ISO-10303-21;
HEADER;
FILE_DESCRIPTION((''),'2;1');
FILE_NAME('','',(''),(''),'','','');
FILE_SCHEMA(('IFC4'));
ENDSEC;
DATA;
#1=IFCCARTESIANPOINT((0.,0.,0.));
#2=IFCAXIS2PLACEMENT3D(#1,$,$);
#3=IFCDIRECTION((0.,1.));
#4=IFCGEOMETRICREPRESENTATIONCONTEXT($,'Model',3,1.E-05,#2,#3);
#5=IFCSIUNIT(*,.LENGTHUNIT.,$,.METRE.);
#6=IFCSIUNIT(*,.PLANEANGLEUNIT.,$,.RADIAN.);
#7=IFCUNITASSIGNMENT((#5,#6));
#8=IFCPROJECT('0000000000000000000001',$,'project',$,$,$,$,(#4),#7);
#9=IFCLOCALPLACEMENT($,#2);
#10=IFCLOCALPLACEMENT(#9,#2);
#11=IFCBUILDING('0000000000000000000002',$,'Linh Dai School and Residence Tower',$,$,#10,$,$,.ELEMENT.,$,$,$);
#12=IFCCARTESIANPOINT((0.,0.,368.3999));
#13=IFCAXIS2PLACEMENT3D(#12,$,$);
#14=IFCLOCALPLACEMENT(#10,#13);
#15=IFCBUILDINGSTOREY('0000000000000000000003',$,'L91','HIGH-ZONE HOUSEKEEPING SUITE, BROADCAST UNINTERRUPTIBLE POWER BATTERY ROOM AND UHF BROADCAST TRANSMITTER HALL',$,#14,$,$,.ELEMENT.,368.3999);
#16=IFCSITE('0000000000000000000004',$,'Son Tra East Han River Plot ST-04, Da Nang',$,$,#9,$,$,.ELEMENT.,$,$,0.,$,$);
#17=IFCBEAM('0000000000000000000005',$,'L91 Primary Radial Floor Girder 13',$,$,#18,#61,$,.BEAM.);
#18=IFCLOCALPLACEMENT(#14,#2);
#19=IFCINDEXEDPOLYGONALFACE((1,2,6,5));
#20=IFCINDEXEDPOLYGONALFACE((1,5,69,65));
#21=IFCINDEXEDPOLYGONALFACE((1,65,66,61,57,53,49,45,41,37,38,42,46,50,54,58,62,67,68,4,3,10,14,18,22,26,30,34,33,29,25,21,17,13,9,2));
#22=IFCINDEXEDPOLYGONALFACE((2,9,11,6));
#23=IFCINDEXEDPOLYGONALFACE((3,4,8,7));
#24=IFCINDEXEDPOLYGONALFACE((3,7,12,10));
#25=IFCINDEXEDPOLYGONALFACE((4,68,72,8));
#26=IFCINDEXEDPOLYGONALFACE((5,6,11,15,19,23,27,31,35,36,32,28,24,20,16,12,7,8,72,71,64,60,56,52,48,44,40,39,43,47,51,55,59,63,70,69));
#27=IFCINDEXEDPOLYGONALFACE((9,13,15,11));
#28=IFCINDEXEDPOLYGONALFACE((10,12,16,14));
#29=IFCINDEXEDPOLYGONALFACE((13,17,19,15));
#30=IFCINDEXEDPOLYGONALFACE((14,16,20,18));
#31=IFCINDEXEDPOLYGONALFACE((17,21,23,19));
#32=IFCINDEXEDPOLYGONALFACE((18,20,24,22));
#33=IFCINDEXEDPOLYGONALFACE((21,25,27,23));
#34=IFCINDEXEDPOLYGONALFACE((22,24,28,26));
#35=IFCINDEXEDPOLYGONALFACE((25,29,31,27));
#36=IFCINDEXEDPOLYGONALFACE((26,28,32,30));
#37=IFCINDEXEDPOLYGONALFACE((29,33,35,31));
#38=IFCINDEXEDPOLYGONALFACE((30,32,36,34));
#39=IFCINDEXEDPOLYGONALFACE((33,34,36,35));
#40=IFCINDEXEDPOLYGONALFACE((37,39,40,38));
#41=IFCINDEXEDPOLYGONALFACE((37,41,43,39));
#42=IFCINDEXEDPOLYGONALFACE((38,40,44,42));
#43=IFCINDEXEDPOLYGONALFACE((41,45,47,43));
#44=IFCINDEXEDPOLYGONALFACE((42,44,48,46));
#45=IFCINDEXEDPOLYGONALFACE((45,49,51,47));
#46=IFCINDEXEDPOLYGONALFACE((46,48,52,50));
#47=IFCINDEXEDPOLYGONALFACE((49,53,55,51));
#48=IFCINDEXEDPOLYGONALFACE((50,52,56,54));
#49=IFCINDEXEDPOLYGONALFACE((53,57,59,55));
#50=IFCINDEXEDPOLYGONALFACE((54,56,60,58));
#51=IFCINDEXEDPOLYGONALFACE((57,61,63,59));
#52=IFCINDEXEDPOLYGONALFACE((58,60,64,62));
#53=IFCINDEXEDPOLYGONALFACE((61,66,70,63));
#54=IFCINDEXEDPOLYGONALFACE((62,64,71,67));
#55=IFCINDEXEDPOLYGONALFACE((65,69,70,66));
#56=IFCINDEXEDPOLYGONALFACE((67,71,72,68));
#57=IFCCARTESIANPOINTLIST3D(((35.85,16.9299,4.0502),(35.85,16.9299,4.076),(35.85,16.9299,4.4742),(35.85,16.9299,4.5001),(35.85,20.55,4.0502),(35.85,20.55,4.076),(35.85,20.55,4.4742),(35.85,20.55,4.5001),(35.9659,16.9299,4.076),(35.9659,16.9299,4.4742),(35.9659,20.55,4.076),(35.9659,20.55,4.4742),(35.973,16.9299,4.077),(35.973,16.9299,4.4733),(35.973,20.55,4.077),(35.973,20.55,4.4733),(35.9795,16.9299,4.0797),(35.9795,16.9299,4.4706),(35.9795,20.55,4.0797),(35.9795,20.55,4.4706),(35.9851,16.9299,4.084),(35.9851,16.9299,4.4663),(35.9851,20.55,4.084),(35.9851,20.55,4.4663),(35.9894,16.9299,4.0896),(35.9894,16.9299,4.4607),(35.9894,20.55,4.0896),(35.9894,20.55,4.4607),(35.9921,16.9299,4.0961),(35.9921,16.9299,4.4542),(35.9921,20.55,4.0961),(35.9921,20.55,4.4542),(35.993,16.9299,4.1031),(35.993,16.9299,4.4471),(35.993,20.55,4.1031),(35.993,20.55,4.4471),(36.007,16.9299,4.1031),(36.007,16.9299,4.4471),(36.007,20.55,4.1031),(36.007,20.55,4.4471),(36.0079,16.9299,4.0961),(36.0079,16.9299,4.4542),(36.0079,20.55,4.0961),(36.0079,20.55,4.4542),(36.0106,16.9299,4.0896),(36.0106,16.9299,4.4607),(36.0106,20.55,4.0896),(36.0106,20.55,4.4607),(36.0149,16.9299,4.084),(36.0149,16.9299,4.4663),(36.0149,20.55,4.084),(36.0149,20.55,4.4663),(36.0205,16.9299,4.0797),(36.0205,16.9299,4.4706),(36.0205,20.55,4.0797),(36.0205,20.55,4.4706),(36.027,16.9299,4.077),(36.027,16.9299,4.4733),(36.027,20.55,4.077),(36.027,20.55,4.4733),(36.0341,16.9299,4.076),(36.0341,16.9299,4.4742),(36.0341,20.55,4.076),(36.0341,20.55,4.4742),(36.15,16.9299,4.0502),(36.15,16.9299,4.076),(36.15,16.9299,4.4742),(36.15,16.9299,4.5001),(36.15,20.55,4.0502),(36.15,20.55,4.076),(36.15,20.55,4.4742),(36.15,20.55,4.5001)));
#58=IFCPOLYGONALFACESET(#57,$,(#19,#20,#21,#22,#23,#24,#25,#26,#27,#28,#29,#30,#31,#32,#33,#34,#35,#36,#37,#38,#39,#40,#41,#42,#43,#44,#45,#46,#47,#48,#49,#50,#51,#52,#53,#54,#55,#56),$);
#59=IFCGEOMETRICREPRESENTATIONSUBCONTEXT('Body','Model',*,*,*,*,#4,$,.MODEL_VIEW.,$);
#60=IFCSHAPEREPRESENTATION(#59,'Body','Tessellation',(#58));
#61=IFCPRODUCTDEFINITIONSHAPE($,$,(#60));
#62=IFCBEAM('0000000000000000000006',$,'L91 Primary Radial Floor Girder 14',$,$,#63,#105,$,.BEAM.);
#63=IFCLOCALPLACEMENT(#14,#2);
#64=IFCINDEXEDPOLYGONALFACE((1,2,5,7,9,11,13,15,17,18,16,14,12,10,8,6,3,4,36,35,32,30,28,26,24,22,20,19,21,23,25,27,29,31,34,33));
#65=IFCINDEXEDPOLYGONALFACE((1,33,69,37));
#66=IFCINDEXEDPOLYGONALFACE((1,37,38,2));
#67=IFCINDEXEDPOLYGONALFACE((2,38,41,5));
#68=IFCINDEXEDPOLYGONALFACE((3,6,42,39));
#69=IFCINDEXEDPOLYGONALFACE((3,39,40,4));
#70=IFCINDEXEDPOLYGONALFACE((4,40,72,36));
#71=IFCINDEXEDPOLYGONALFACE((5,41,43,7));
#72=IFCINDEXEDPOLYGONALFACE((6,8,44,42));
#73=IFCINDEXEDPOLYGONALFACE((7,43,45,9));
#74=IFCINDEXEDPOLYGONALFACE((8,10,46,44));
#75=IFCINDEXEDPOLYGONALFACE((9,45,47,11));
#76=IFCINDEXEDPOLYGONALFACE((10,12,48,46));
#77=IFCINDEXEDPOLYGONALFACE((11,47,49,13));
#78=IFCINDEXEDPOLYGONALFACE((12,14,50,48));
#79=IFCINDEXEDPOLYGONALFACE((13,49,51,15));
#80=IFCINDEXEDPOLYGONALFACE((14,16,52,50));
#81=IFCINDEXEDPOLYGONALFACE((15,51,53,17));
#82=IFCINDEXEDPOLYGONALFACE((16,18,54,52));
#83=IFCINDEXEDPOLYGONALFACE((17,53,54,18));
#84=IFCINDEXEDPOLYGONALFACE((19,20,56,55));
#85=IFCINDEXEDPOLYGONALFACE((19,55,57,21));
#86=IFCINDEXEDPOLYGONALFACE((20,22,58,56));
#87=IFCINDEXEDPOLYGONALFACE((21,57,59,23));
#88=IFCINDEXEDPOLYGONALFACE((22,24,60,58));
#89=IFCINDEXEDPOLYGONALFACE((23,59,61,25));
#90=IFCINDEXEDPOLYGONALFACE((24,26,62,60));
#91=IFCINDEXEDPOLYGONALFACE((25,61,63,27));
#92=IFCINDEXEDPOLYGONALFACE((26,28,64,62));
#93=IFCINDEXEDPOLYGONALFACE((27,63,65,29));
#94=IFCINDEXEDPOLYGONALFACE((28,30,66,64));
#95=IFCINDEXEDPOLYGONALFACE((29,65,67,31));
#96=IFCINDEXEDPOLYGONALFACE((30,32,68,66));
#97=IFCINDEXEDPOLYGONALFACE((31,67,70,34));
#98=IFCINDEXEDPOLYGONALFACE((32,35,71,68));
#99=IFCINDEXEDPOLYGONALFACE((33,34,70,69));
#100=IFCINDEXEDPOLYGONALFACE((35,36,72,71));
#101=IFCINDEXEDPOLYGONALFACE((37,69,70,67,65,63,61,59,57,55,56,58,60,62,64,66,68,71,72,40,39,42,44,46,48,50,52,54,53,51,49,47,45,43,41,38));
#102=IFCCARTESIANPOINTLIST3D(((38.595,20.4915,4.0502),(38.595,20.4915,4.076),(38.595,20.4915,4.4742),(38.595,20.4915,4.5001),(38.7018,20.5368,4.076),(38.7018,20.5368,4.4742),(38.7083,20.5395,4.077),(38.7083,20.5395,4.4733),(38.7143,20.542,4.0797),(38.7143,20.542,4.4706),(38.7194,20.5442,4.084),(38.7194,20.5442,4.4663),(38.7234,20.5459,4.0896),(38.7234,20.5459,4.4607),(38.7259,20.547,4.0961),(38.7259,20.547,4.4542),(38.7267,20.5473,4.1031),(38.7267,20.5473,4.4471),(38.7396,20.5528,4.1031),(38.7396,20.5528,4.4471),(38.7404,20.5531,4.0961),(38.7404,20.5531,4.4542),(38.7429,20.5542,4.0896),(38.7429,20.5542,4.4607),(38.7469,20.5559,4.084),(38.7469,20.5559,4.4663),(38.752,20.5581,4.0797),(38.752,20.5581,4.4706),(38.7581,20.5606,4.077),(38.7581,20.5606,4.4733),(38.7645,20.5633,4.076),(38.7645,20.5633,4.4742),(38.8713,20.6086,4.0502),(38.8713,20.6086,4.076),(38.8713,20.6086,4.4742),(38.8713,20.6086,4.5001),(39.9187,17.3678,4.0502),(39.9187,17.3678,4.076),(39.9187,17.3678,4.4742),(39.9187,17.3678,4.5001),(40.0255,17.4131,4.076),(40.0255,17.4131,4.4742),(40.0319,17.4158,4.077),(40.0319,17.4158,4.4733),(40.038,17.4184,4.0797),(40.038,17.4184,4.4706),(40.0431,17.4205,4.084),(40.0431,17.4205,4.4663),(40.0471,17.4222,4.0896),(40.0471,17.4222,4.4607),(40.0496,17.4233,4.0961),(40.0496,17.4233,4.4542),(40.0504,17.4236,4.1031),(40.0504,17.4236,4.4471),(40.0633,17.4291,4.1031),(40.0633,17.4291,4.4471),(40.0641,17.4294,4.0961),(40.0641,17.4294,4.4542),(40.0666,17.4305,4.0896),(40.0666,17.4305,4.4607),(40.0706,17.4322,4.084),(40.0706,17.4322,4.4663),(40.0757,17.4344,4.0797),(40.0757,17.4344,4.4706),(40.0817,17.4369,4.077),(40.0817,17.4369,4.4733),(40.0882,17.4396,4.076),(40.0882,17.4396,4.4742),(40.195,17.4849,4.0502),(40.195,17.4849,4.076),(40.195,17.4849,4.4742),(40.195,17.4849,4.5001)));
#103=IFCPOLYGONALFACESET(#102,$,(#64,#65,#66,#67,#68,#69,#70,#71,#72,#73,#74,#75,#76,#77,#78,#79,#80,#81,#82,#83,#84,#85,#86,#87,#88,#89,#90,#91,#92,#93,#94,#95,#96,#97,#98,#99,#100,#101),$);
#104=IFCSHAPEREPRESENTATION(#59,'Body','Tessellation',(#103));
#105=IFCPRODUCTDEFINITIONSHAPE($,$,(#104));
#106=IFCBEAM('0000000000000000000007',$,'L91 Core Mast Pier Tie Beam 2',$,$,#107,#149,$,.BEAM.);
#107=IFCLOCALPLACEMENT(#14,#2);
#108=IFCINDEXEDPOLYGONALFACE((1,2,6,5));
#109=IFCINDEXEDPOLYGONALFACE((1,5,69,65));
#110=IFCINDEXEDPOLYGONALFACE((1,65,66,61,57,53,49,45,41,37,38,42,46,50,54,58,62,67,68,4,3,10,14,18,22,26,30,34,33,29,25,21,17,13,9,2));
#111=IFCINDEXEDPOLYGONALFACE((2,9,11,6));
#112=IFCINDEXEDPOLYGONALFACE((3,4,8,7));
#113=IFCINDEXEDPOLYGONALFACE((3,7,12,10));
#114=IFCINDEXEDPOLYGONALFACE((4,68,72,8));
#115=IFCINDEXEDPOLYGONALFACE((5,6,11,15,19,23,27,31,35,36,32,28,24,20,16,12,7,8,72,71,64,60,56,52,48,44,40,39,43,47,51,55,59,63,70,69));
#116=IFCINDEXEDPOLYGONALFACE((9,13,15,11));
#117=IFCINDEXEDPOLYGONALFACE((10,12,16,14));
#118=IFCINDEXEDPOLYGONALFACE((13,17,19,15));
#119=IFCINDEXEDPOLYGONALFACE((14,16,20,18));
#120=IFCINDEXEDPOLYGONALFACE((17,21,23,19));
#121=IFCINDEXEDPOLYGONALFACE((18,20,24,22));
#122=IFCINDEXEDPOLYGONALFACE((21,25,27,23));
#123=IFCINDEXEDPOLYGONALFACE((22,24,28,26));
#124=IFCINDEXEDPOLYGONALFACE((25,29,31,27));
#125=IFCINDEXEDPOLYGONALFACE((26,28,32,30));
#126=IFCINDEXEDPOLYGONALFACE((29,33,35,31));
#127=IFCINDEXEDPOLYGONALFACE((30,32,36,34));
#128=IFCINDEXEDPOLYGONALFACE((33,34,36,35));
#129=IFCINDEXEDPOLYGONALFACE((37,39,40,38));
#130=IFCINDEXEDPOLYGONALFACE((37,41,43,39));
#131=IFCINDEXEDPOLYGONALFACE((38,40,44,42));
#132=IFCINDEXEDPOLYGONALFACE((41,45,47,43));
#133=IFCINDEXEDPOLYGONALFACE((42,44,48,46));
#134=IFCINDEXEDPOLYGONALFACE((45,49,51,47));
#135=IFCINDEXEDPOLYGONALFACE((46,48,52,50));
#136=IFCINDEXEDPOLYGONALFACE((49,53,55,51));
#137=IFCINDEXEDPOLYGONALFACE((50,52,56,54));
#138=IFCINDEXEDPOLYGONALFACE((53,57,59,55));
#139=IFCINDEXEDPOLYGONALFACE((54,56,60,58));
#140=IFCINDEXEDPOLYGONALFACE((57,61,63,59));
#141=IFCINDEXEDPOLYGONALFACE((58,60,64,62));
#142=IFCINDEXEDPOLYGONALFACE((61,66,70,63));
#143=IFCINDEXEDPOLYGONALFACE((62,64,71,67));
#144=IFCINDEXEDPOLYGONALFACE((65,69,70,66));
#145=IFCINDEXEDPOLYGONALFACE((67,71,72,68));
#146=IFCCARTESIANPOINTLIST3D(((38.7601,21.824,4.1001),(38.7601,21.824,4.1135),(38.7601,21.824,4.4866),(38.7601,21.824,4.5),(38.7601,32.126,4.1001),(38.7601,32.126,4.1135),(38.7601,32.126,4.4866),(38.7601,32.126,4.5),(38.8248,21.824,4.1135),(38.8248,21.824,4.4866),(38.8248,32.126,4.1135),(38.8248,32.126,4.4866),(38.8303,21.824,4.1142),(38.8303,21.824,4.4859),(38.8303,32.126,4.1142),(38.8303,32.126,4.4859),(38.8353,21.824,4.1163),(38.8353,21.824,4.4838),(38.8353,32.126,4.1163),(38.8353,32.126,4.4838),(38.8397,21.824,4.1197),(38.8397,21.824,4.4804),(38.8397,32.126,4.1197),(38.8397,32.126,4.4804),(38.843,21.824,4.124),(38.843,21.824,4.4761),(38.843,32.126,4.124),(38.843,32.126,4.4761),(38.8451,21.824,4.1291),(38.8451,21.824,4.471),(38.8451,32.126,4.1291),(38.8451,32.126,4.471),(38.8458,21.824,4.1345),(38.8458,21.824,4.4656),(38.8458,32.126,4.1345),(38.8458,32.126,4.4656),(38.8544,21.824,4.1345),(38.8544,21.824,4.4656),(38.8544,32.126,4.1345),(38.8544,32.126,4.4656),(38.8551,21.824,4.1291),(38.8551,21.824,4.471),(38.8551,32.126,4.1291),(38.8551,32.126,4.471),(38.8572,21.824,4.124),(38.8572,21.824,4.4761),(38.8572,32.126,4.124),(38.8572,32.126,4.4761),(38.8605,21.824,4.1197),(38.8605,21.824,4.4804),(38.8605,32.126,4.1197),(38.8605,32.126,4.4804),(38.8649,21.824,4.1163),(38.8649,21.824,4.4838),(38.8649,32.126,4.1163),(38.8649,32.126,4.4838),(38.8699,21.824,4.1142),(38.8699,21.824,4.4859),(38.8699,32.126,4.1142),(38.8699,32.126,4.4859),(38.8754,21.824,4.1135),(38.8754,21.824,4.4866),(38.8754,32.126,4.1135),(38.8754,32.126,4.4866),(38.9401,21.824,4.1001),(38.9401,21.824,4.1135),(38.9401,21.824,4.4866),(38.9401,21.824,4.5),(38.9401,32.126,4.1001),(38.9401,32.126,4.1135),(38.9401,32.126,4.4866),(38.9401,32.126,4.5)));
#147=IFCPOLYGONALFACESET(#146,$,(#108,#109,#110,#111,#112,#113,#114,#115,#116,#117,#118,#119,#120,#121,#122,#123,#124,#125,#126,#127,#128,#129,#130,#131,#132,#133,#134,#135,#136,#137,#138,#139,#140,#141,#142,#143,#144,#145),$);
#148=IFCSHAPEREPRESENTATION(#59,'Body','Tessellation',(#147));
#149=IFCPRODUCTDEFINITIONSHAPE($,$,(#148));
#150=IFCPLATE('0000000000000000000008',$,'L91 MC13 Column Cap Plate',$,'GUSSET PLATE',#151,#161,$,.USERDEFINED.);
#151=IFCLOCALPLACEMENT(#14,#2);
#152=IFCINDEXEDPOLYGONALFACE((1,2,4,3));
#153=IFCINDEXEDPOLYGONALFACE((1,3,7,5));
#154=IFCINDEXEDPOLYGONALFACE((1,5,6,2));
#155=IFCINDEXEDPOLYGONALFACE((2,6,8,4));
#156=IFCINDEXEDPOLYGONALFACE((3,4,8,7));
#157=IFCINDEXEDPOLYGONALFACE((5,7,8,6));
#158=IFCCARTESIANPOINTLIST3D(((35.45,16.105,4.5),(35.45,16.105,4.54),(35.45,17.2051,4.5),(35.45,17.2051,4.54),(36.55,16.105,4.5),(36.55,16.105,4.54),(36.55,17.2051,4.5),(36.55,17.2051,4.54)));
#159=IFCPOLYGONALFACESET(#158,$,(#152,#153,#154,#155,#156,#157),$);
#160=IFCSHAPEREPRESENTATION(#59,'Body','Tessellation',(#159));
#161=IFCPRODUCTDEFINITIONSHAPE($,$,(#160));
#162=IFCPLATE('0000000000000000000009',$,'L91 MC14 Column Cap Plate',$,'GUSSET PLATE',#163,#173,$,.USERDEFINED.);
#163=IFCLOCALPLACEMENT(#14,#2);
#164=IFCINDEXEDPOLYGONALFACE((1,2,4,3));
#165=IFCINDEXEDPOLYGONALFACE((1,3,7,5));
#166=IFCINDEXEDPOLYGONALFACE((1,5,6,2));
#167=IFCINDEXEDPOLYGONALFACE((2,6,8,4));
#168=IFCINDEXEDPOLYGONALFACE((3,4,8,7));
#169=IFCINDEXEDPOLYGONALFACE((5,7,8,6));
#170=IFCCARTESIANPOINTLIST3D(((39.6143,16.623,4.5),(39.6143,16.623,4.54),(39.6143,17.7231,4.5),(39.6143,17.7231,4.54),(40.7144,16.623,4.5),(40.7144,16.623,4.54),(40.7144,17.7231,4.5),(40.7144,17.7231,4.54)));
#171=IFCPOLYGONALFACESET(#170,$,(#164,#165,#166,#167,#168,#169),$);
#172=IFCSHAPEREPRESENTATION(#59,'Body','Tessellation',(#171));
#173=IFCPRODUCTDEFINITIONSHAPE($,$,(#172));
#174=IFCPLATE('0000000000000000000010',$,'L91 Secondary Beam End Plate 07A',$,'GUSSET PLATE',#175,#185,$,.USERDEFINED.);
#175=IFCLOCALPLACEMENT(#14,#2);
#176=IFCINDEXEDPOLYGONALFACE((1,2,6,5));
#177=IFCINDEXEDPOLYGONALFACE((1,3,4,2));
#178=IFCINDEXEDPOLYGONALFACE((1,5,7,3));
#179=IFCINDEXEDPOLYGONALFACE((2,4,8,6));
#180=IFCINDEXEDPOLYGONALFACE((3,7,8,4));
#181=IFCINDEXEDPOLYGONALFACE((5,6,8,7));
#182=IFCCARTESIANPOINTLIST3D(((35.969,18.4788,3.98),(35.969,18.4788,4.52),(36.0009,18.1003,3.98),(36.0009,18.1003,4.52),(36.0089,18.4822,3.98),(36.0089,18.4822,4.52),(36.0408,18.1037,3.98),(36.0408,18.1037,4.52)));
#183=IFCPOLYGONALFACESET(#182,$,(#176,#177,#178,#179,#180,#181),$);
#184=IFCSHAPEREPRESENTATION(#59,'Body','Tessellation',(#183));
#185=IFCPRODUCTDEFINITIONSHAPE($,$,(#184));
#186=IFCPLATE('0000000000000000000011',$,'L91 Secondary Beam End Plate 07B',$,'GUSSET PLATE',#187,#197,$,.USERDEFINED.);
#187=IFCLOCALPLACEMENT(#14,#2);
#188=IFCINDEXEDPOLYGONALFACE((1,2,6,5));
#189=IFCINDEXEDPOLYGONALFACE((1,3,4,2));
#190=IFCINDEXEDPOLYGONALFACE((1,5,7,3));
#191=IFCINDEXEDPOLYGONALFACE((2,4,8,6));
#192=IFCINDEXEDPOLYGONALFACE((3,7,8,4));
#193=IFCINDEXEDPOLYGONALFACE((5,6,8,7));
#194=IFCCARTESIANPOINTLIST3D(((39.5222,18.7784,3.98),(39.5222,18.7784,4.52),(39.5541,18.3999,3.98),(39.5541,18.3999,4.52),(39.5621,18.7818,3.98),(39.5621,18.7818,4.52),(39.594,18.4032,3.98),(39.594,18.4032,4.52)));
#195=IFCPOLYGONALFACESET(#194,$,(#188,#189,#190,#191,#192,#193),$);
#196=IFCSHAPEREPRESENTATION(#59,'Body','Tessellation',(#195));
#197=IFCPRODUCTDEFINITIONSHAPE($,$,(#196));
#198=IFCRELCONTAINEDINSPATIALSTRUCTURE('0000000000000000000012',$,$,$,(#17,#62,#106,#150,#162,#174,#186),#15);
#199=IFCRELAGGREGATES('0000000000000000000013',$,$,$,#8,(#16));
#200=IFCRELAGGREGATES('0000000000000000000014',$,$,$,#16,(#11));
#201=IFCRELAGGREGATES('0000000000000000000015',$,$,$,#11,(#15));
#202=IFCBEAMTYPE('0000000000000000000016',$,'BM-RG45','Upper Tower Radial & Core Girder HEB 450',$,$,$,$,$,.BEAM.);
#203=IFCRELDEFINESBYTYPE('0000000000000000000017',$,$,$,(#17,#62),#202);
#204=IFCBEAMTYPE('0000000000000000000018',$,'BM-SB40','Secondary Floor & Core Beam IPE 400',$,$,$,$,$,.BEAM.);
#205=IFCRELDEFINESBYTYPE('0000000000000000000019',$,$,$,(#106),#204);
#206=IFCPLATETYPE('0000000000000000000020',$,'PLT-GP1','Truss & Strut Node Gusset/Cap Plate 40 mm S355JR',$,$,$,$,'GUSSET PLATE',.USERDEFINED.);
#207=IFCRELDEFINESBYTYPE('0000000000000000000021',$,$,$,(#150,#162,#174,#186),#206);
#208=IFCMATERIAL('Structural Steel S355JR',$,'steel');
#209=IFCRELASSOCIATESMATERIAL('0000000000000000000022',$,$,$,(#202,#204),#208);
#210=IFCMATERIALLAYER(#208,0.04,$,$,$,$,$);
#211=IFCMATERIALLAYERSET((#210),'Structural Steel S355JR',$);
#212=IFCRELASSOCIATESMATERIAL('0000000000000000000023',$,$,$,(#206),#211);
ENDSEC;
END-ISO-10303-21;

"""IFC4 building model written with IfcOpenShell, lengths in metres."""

from ifc_helpers import new_model, si_unit, direction, frame, origin, origin_2d, place, context, subcontext, project, spatial, rectangle, i_section, extrude, source, transform, mapped, material, layer, layer_set, material_profile, profile_set, type_object, element, save


model = new_model("IFC4")

# Units and contexts
model_context = context("Model", 3, precision=1e-05, world=origin(), true_north=direction((0.0, 1.0)))
body_context = subcontext(model_context, "Body", "Model", "MODEL_VIEW")
ifc_project = project(units=[si_unit("LENGTHUNIT", "METRE"), si_unit("PLANEANGLEUNIT", "RADIAN")], contexts=[model_context])

# Site, building, storey
site_placement = place(None, origin())
site = spatial("IfcSite", under=ifc_project, at=site_placement, Name="Son Tra East Han River Plot ST-04, Da Nang", CompositionType="ELEMENT", RefElevation=0.0)
building_placement = place(site_placement, origin())
building = spatial("IfcBuilding", under=site, at=building_placement, Name="Linh Dai School and Residence Tower", CompositionType="ELEMENT")
storey_placement = place(building_placement, frame((0.0, 0.0, 368.3999)))
storey = spatial("IfcBuildingStorey", under=building, at=storey_placement, Name="L91", Description="HIGH-ZONE HOUSEKEEPING SUITE, BROADCAST UNINTERRUPTIBLE POWER BATTERY ROOM AND UHF BROADCAST TRANSMITTER HALL", CompositionType="ELEMENT", Elevation=368.3999)

# Shared definitions
ifc_material_1 = material(Name="Structural Steel S355JR", Category="steel")

# Beams
ifc_material_profile_1 = material_profile(ifc_material_1, i_section(OverallWidth=0.3, OverallDepth=0.45, WebThickness=0.0139, FlangeThickness=0.0259, FilletRadius=0.0271, at=origin_2d()), Name="HEB 450")
ifc_profile_set_1 = profile_set([ifc_material_profile_1], Name="Structural Steel S355JR")
beam_type_1 = type_object("IfcBeamType", Name="BM-RG45", Description="Upper Tower Radial & Core Girder HEB 450", PredefinedType="BEAM", material=ifc_profile_set_1)
beam_1_placement = place(storey_placement, frame((36.0, 20.55, 4.2751), z_axis=(0.0, -1.0, 0.0), x_axis=(1.0, 0.0, 0.0)))
element("IfcBeam", 1, at=beam_1_placement, inside=storey, type_object=beam_type_1, Name="L91 Primary Radial Floor Girder 13", PredefinedType="BEAM", context=body_context, shape_type="SweptSolid", body=[
    extrude(i_section(OverallWidth=0.3, OverallDepth=0.45, WebThickness=0.0139, FlangeThickness=0.0259, FilletRadius=0.0271, at=origin_2d()), origin(), (0.0, 0.0, 1.0), 3.6201),
])
beam_2_placement = place(storey_placement, frame((38.7332, 20.55, 4.2751), z_axis=(0.390173, -0.920742, 0.0), x_axis=(0.920742, 0.390173, 0.0)))
element("IfcBeam", 2, at=beam_2_placement, inside=storey, type_object=beam_type_1, Name="L91 Primary Radial Floor Girder 14", PredefinedType="BEAM", context=body_context, shape_type="SweptSolid", body=[
    extrude(i_section(OverallWidth=0.3, OverallDepth=0.45, WebThickness=0.0139, FlangeThickness=0.0259, FilletRadius=0.0271, at=origin_2d()), origin(), (0.0, 0.0, 1.0), 3.3926),
])
ifc_material_profile_2 = material_profile(ifc_material_1, i_section(OverallWidth=0.1799, OverallDepth=0.3999, WebThickness=0.0085, FlangeThickness=0.0134, FilletRadius=0.021, at=origin_2d()), Name="IPE 400")
ifc_profile_set_2 = profile_set([ifc_material_profile_2], Name="Structural Steel S355JR")
beam_type_2 = type_object("IfcBeamType", Name="BM-SB40", Description="Secondary Floor & Core Beam IPE 400", PredefinedType="BEAM", material=ifc_profile_set_2)
beam_3_placement = place(storey_placement, frame((38.8501, 21.824, 4.3), z_axis=(0.0, 1.0, 0.0), x_axis=(-1.0, 0.0, 0.0)))
element("IfcBeam", 3, at=beam_3_placement, inside=storey, type_object=beam_type_2, Name="L91 Core Mast Pier Tie Beam 2", PredefinedType="BEAM", context=body_context, shape_type="SweptSolid", body=[
    extrude(i_section(OverallWidth=0.1799, OverallDepth=0.3999, WebThickness=0.0085, FlangeThickness=0.0134, FilletRadius=0.021, at=origin_2d()), origin(), (0.0, 0.0, 1.0), 10.302),
])

# Plates
ifc_layer_1 = layer(ifc_material_1, 0.04)
ifc_layer_set_1 = layer_set([ifc_layer_1], Name="Structural Steel S355JR")
plate_type = type_object("IfcPlateType", Name="PLT-GP1", Description="Truss & Strut Node Gusset/Cap Plate 40 mm S355JR", ElementType="GUSSET PLATE", PredefinedType="USERDEFINED", material=ifc_layer_set_1)
shared_shape_1 = source(origin(), body_context, "Body", "SweptSolid", [
    extrude(rectangle(XDim=1.1001, YDim=1.1001, at=origin_2d()), origin(), (0.0, 0.0, 1.0), 0.04),
])
for number, where, z_axis, x_axis, name in (
    (4, (36.0, 16.655, 4.5), (0.0, 0.0, 1.0), (1.0, 0.0, 0.0), "L91 MC13 Column Cap Plate"),
    (5, (40.1643, 17.1731, 4.5), (0.0, 0.0, 1.0), (1.0, 0.0, 0.0), "L91 MC14 Column Cap Plate"),
):
    element("IfcPlate", number, at=place(storey_placement, frame(where, z_axis=z_axis, x_axis=x_axis)), inside=storey, type_object=plate_type, Name=name, ObjectType="GUSSET PLATE", PredefinedType="USERDEFINED", context=body_context, shape_type="MappedRepresentation", body=[
        mapped(shared_shape_1, transform((0.0, 0.0, 0.0), x_axis=(1.0, 0.0, 0.0), y_axis=(0.0, 1.0, 0.0), z_axis=(0.0, 0.0, 1.0), scale=1.0)),
    ])
shared_shape_2 = source(origin(), body_context, "Body", "SweptSolid", [
    extrude(rectangle(XDim=0.04, YDim=0.3799, at=origin_2d()), origin(), (0.0, 0.0, 1.0), 0.54),
])
for number, where, z_axis, x_axis, name in (
    (6, (36.0049, 18.2913, 3.98), (0.0, 0.0, 1.0), (0.996464, 0.084023, 0.0), "L91 Secondary Beam End Plate 07A"),
    (7, (39.5581, 18.5908, 3.98), (0.0, 0.0, 1.0), (0.996464, 0.084023, 0.0), "L91 Secondary Beam End Plate 07B"),
):
    element("IfcPlate", number, at=place(storey_placement, frame(where, z_axis=z_axis, x_axis=x_axis)), inside=storey, type_object=plate_type, Name=name, ObjectType="GUSSET PLATE", PredefinedType="USERDEFINED", context=body_context, shape_type="MappedRepresentation", body=[
        mapped(shared_shape_2, transform((0.0, 0.0, 0.0), x_axis=(1.0, 0.0, 0.0), y_axis=(0.0, 1.0, 0.0), z_axis=(0.0, 0.0, 1.0), scale=1.0)),
    ])

save(model, "model.ifc")
